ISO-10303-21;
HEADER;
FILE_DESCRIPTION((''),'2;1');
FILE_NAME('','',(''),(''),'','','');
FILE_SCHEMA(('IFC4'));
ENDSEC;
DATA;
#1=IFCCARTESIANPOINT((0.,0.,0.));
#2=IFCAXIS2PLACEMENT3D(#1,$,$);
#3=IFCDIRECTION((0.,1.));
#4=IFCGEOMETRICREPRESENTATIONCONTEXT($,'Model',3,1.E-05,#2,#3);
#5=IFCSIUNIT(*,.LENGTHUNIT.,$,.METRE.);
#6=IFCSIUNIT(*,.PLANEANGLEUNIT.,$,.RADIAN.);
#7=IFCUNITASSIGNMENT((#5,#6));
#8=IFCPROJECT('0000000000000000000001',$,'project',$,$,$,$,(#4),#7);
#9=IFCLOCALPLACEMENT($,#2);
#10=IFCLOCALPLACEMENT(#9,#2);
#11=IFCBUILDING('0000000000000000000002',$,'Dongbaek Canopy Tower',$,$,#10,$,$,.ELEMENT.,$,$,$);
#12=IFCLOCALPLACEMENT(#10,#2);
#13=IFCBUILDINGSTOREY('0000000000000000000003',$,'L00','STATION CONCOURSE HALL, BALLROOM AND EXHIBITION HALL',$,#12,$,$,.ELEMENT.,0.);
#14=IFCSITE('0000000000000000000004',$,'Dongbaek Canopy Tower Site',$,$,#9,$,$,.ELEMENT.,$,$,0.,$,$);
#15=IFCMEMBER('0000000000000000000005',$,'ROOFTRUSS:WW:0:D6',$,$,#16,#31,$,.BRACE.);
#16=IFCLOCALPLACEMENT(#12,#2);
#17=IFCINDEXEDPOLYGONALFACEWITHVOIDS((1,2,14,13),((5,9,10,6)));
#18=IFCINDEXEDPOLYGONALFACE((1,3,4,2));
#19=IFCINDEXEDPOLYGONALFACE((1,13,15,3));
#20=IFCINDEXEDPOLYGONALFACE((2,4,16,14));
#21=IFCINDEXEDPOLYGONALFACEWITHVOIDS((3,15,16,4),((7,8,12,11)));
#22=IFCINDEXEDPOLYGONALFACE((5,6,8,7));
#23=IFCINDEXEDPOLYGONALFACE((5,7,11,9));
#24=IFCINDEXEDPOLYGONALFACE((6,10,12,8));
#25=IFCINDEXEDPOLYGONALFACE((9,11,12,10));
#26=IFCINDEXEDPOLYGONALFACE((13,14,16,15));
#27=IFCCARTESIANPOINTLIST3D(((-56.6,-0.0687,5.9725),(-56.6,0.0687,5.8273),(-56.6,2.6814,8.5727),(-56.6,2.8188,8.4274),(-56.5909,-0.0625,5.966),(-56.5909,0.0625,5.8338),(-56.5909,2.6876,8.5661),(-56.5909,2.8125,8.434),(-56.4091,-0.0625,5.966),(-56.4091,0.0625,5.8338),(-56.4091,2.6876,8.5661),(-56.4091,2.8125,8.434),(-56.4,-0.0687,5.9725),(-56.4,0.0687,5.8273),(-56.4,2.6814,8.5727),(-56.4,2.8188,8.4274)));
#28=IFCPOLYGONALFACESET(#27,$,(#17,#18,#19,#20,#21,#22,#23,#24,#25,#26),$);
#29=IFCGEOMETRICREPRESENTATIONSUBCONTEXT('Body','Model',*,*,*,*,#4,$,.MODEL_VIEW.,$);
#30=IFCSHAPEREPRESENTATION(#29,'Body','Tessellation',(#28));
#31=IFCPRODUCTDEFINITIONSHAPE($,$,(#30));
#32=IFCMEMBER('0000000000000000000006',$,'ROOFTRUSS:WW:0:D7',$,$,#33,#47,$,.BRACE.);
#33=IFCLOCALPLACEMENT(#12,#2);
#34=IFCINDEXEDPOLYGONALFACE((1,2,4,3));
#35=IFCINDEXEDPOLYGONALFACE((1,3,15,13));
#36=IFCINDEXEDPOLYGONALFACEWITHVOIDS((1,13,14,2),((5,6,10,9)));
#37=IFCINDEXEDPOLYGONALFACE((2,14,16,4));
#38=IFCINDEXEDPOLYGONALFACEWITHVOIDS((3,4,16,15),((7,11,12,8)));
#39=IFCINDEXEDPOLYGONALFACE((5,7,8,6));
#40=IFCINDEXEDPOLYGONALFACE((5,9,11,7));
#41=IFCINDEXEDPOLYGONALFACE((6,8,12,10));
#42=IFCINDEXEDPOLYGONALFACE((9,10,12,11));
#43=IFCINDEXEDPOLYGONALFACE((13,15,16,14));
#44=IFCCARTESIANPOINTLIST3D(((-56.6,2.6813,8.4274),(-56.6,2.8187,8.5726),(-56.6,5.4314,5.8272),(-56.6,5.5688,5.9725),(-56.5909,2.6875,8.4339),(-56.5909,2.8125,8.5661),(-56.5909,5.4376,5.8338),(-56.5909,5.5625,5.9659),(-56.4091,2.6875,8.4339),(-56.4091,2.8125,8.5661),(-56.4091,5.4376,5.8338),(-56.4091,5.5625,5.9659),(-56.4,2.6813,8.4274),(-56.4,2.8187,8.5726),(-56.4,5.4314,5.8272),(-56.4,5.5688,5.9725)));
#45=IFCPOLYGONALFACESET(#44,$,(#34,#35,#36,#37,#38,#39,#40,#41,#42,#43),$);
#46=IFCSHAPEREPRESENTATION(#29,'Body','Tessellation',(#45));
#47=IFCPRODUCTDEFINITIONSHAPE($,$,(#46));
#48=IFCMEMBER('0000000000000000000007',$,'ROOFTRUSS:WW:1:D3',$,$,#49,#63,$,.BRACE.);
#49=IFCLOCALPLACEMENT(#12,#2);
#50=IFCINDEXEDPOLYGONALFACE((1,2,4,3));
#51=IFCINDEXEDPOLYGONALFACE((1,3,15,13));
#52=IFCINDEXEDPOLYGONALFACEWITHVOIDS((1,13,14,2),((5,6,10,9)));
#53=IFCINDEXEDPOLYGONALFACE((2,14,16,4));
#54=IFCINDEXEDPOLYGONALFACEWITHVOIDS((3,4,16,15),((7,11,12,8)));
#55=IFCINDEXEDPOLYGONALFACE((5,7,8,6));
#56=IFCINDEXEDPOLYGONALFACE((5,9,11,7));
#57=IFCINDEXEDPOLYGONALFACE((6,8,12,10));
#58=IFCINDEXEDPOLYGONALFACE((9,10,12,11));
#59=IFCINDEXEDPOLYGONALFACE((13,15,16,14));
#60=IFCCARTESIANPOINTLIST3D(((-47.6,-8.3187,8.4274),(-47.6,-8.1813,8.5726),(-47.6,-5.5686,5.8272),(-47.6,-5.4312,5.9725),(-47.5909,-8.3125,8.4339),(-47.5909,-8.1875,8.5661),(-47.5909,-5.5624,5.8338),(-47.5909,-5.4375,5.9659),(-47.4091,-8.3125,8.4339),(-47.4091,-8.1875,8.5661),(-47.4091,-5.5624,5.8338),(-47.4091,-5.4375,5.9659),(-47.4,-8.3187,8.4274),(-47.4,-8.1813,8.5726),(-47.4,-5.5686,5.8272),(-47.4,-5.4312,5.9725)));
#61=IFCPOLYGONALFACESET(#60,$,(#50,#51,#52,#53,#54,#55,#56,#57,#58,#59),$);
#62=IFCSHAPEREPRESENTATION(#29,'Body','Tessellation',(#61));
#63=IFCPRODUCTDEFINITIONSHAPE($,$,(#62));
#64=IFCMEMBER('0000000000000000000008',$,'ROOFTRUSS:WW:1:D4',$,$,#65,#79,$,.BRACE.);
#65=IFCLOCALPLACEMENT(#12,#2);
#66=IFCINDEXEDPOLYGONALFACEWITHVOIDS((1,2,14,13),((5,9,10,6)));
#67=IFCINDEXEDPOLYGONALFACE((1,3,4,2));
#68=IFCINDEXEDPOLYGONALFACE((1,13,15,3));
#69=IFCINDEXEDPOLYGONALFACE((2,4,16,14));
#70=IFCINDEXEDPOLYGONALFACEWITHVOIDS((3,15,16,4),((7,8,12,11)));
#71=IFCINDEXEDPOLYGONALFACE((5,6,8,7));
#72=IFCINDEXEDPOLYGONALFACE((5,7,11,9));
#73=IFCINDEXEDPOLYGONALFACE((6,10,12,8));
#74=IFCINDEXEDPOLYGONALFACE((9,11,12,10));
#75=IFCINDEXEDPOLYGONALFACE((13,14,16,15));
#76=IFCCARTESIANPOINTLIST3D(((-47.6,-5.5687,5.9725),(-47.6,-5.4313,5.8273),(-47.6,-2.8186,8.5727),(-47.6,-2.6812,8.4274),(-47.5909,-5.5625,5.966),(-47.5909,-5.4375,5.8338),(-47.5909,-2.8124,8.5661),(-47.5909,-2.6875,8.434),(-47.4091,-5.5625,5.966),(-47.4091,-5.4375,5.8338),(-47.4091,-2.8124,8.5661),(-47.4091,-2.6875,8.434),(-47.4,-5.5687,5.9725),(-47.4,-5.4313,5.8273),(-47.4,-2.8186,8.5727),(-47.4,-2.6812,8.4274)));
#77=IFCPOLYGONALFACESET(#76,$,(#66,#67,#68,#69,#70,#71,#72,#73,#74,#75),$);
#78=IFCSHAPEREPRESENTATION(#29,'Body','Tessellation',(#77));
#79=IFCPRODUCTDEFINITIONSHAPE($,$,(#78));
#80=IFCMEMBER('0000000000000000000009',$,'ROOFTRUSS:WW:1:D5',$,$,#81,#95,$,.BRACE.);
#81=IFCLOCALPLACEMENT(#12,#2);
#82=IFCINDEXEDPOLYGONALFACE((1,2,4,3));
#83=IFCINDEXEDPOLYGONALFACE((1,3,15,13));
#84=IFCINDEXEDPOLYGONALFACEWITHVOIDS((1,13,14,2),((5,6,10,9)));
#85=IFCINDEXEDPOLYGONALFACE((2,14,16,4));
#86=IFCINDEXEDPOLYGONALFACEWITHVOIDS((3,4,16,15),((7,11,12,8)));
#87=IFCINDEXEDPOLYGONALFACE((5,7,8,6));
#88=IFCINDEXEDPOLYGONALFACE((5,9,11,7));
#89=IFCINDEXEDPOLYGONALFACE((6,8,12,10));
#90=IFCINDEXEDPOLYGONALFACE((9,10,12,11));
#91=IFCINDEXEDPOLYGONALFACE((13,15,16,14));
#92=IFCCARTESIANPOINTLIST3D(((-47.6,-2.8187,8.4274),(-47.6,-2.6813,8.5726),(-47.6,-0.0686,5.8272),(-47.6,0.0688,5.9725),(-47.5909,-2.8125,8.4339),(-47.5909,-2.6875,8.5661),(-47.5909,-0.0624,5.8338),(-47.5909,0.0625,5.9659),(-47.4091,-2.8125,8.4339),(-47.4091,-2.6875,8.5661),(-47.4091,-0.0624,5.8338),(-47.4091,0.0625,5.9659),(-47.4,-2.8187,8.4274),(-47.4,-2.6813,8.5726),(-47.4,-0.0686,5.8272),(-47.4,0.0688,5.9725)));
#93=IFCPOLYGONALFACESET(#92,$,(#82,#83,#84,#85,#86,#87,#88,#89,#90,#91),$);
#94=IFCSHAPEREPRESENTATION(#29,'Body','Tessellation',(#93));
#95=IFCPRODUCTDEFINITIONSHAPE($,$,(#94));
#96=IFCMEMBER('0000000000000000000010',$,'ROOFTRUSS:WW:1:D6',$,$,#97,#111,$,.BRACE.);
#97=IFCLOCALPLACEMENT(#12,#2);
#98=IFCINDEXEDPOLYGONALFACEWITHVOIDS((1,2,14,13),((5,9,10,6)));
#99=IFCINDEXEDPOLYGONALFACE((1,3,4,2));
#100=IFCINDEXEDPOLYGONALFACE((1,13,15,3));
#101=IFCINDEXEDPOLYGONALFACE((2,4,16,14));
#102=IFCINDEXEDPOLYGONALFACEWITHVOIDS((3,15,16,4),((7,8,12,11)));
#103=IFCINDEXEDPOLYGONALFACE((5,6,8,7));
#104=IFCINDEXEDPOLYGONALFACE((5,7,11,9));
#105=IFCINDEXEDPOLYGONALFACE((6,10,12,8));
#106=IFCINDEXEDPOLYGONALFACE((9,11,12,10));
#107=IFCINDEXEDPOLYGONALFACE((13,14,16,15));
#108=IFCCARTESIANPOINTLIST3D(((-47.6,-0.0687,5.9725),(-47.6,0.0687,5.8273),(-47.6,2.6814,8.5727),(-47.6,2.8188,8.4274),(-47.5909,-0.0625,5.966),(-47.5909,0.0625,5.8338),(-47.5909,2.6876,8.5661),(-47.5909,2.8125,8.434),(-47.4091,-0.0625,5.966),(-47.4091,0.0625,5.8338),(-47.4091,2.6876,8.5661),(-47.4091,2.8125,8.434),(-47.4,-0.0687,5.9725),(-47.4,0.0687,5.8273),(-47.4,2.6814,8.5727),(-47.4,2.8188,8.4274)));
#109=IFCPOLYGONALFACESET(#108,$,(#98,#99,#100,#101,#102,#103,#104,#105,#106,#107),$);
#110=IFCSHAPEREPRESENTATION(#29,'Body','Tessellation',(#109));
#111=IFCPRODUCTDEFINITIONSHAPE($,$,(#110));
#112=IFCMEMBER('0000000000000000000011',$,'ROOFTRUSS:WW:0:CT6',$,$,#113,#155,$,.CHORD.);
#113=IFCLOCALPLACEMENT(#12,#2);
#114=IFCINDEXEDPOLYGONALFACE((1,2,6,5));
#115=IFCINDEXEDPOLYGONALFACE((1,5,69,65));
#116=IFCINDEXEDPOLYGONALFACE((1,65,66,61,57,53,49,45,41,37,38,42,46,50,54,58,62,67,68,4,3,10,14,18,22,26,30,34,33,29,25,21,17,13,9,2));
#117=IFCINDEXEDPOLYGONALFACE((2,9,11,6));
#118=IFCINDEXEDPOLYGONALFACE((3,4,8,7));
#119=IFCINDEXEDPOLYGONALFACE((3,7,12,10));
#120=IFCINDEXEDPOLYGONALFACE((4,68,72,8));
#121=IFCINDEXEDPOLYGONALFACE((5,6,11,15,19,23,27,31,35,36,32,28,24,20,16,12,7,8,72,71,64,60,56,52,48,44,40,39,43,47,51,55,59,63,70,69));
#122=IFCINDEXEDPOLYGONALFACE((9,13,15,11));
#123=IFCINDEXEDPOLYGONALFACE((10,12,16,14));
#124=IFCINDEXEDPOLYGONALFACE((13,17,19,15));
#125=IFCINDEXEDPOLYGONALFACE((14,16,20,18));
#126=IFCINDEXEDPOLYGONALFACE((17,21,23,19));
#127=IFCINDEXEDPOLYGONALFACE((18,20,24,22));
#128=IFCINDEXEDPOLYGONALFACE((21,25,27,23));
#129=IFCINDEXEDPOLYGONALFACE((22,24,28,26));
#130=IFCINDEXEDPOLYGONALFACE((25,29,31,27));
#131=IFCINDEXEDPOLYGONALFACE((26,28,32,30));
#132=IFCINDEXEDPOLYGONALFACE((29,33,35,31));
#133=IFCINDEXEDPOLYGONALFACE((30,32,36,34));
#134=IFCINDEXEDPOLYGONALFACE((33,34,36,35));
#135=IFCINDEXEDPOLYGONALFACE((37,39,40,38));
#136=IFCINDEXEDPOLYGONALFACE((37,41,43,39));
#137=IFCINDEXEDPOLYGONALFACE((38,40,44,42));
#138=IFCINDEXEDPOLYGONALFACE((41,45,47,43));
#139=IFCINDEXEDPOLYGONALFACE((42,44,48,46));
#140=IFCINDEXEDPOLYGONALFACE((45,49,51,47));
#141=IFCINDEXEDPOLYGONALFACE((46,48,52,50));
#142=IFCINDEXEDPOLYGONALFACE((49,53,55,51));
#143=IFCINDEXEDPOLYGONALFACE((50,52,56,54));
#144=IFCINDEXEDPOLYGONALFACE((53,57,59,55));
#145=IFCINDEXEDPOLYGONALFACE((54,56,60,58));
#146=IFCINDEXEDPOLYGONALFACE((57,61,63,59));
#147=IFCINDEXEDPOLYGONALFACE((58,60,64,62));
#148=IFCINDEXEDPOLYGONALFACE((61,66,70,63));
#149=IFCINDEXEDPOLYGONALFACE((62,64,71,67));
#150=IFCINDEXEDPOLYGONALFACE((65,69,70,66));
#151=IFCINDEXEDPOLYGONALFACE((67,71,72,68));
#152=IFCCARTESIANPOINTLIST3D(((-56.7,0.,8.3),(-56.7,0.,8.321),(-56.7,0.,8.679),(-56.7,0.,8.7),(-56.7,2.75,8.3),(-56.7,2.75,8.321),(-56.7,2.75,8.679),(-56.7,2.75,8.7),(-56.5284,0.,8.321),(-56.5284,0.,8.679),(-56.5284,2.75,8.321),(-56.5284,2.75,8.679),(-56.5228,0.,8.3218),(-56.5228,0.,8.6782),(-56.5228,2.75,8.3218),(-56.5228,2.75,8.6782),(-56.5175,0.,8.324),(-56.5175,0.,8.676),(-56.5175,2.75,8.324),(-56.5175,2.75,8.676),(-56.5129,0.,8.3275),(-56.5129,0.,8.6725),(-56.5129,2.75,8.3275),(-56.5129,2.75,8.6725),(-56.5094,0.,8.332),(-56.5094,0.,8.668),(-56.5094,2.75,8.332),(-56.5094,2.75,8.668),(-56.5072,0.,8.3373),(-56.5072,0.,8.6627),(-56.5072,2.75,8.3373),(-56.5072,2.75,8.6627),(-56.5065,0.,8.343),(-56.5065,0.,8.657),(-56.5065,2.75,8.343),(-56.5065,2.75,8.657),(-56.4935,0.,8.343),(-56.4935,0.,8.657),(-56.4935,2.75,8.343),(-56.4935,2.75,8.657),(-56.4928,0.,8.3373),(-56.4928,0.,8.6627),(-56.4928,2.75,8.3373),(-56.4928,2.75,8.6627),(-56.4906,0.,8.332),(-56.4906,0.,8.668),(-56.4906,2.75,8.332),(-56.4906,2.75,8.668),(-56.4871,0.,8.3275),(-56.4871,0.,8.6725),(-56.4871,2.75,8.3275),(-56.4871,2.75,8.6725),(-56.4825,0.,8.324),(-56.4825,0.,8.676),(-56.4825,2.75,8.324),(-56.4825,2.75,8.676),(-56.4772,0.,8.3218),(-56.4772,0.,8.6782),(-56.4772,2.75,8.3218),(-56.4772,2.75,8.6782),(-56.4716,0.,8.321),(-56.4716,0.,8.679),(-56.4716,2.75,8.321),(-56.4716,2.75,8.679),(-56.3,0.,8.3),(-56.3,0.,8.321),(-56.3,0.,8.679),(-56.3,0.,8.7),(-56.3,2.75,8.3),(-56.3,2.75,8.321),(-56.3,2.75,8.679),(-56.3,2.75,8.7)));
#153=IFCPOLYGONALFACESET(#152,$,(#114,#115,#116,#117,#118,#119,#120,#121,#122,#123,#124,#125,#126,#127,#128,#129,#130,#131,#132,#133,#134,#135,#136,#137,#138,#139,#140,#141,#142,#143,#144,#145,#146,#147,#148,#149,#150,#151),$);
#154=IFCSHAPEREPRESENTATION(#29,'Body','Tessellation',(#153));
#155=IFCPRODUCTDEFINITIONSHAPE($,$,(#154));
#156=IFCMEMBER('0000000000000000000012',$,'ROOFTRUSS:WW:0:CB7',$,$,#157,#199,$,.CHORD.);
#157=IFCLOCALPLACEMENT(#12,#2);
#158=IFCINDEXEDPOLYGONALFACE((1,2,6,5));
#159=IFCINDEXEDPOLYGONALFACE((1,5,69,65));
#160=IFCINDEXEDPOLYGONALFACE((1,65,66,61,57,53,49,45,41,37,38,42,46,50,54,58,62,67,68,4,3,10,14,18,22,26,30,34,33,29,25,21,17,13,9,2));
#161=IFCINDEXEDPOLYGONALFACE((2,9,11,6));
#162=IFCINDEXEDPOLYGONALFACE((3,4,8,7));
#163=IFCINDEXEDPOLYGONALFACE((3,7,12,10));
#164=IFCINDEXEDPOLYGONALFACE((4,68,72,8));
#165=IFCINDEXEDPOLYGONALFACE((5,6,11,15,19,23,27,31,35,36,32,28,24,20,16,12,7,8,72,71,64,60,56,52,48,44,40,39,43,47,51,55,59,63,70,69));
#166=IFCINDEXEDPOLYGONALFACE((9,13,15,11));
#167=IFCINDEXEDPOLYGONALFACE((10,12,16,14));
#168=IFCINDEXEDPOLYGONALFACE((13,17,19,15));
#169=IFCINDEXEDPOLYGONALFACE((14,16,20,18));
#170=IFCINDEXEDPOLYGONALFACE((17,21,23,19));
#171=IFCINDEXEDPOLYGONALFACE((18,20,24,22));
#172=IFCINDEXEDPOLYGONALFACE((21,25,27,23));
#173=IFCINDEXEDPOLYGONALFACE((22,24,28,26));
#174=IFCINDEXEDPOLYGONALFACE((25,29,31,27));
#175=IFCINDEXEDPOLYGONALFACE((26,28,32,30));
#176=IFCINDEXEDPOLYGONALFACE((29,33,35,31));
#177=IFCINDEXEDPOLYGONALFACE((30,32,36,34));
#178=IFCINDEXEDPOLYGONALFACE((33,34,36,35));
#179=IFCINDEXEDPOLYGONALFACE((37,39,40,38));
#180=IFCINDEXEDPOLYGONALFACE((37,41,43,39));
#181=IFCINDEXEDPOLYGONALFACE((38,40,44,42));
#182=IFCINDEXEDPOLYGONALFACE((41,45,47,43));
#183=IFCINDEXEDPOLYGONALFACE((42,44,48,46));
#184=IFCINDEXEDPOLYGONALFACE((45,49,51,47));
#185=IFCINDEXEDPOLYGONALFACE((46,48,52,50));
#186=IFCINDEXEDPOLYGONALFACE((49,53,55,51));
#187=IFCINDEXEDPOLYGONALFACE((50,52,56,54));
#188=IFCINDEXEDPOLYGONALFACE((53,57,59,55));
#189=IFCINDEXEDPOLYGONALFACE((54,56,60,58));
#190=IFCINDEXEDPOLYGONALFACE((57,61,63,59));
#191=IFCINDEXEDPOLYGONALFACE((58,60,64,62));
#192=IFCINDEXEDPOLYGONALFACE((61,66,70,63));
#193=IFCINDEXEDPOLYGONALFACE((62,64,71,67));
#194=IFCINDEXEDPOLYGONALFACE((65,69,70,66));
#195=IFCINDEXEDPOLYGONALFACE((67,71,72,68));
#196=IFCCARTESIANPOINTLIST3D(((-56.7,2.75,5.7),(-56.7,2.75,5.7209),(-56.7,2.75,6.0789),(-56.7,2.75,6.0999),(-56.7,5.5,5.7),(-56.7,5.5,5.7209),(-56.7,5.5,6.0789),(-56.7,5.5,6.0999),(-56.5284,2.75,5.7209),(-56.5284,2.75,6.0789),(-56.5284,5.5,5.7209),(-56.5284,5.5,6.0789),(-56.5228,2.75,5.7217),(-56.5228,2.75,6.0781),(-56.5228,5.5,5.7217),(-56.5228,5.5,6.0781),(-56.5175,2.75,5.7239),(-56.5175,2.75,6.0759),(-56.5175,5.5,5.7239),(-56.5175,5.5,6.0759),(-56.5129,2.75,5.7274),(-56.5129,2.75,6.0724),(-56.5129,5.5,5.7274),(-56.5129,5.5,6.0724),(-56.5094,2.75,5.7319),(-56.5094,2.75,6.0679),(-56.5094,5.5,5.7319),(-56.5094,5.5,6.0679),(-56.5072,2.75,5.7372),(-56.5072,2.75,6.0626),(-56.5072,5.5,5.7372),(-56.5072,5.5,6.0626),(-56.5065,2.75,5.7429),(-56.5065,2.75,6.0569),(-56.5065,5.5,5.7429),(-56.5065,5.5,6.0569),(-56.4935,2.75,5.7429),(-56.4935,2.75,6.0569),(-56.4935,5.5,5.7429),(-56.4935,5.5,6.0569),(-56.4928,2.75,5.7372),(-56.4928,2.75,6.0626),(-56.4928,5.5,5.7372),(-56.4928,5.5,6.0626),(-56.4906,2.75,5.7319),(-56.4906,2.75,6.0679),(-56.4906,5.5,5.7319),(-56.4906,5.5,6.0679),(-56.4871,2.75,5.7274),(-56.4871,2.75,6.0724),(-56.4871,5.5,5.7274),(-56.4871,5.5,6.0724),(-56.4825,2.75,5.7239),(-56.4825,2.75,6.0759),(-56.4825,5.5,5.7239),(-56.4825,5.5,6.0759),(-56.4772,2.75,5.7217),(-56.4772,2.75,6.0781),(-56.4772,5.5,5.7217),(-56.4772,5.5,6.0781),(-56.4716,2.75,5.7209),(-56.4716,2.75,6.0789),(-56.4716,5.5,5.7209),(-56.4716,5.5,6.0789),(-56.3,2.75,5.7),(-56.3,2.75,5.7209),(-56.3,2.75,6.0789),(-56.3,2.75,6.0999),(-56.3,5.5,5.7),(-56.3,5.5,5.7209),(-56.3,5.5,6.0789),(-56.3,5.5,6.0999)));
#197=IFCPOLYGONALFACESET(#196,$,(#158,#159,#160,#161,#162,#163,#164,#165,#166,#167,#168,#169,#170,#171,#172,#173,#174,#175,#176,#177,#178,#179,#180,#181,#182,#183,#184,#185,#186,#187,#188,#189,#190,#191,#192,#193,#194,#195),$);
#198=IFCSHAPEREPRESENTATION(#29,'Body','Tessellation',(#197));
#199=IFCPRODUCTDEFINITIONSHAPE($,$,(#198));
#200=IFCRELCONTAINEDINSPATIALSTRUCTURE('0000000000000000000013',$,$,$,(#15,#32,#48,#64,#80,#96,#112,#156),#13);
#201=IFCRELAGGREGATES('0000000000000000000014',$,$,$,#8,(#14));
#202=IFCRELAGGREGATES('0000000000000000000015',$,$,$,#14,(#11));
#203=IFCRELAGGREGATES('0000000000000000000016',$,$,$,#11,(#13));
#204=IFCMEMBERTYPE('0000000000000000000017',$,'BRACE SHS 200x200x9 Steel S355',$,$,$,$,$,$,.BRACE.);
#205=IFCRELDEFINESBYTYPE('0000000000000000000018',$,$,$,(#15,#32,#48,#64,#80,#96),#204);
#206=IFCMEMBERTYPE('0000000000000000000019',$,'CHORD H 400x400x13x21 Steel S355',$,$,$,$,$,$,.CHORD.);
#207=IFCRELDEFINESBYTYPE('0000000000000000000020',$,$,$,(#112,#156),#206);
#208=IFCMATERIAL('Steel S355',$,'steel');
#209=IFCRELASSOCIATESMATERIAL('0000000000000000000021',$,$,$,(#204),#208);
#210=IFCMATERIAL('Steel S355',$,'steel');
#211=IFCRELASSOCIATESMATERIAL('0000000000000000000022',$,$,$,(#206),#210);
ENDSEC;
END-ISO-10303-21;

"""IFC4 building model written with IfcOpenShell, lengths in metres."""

from ifc_helpers import new_model, si_unit, direction, frame, origin, origin_2d, place, context, subcontext, project, spatial, hollow_rectangle, i_section, extrude, material, material_profile, profile_set, type_object, element, save


model = new_model("IFC4")

# Units and contexts
model_context = context("Model", 3, precision=1e-05, world=origin(), true_north=direction((0.0, 1.0)))
body_context = subcontext(model_context, "Body", "Model", "MODEL_VIEW")
ifc_project = project(units=[si_unit("LENGTHUNIT", "METRE"), si_unit("PLANEANGLEUNIT", "RADIAN")], contexts=[model_context])

# Site, building, storey
site_placement = place(None, origin())
site = spatial("IfcSite", under=ifc_project, at=site_placement, Name="Dongbaek Canopy Tower Site", CompositionType="ELEMENT", RefElevation=0.0)
building_placement = place(site_placement, origin())
building = spatial("IfcBuilding", under=site, at=building_placement, Name="Dongbaek Canopy Tower", CompositionType="ELEMENT")
storey_placement = place(building_placement, origin())
storey = spatial("IfcBuildingStorey", under=building, at=storey_placement, Name="L00", Description="STATION CONCOURSE HALL, BALLROOM AND EXHIBITION HALL", CompositionType="ELEMENT", Elevation=0.0)

# Members
ifc_material_1 = material(Name="Steel S355", Category="steel")
ifc_material_profile_1 = material_profile(ifc_material_1, hollow_rectangle(XDim=0.2, YDim=0.2, WallThickness=0.009, at=origin_2d()), Name="BRACE SHS 200x200x9 Steel S355")
ifc_profile_set_1 = profile_set([ifc_material_profile_1], Name="Steel S355")
member_type_1 = type_object("IfcMemberType", Name="BRACE SHS 200x200x9 Steel S355", PredefinedType="BRACE", material=ifc_profile_set_1)
for number, where, z_axis, x_axis, name in (
    (1, (-56.5, 0.0, 5.8999), (0.0, 0.726634, 0.687025), (-1.0, 0.0, 0.0), "ROOFTRUSS:WW:0:D6"),
    (2, (-56.5, 2.75, 8.5), (0.0, 0.726634, -0.687025), (-1.0, 0.0, 0.0), "ROOFTRUSS:WW:0:D7"),
    (3, (-47.5, -8.25, 8.5), (0.0, 0.726634, -0.687025), (-1.0, 0.0, 0.0), "ROOFTRUSS:WW:1:D3"),
    (4, (-47.5, -5.5, 5.8999), (0.0, 0.726634, 0.687025), (-1.0, 0.0, 0.0), "ROOFTRUSS:WW:1:D4"),
    (5, (-47.5, -2.75, 8.5), (0.0, 0.726634, -0.687025), (-1.0, 0.0, 0.0), "ROOFTRUSS:WW:1:D5"),
    (6, (-47.5, 0.0, 5.8999), (0.0, 0.726634, 0.687025), (-1.0, 0.0, 0.0), "ROOFTRUSS:WW:1:D6"),
):
    element("IfcMember", number, at=place(storey_placement, frame(where, z_axis=z_axis, x_axis=x_axis)), inside=storey, type_object=member_type_1, Name=name, PredefinedType="BRACE", context=body_context, shape_type="SweptSolid", body=[
        extrude(hollow_rectangle(XDim=0.2, YDim=0.2, WallThickness=0.009, at=origin_2d()), origin(), (0.0, 0.0, 1.0), 3.7847),
    ])
ifc_material_2 = material(Name="Steel S355", Category="steel")
ifc_material_profile_2 = material_profile(ifc_material_2, i_section(OverallWidth=0.3999, OverallDepth=0.3999, WebThickness=0.0129, FlangeThickness=0.021, FilletRadius=0.022, at=origin_2d()), Name="CHORD H 400x400x13x21 Steel S355")
ifc_profile_set_2 = profile_set([ifc_material_profile_2], Name="Steel S355")
member_type_2 = type_object("IfcMemberType", Name="CHORD H 400x400x13x21 Steel S355", PredefinedType="CHORD", material=ifc_profile_set_2)
for number, where, z_axis, x_axis, name in (
    (7, (-56.5, 0.0, 8.5), (0.0, 1.0, 0.0), (-1.0, 0.0, 0.0), "ROOFTRUSS:WW:0:CT6"),
    (8, (-56.5, 2.75, 5.8999), (0.0, 1.0, 0.0), (-1.0, 0.0, 0.0), "ROOFTRUSS:WW:0:CB7"),
):
    element("IfcMember", number, at=place(storey_placement, frame(where, z_axis=z_axis, x_axis=x_axis)), inside=storey, type_object=member_type_2, Name=name, PredefinedType="CHORD", context=body_context, shape_type="SweptSolid", body=[
        extrude(i_section(OverallWidth=0.3999, OverallDepth=0.3999, WebThickness=0.0129, FlangeThickness=0.021, FilletRadius=0.022, at=origin_2d()), origin(), (0.0, 0.0, 1.0), 2.75),
    ])

save(model, "model.ifc")
